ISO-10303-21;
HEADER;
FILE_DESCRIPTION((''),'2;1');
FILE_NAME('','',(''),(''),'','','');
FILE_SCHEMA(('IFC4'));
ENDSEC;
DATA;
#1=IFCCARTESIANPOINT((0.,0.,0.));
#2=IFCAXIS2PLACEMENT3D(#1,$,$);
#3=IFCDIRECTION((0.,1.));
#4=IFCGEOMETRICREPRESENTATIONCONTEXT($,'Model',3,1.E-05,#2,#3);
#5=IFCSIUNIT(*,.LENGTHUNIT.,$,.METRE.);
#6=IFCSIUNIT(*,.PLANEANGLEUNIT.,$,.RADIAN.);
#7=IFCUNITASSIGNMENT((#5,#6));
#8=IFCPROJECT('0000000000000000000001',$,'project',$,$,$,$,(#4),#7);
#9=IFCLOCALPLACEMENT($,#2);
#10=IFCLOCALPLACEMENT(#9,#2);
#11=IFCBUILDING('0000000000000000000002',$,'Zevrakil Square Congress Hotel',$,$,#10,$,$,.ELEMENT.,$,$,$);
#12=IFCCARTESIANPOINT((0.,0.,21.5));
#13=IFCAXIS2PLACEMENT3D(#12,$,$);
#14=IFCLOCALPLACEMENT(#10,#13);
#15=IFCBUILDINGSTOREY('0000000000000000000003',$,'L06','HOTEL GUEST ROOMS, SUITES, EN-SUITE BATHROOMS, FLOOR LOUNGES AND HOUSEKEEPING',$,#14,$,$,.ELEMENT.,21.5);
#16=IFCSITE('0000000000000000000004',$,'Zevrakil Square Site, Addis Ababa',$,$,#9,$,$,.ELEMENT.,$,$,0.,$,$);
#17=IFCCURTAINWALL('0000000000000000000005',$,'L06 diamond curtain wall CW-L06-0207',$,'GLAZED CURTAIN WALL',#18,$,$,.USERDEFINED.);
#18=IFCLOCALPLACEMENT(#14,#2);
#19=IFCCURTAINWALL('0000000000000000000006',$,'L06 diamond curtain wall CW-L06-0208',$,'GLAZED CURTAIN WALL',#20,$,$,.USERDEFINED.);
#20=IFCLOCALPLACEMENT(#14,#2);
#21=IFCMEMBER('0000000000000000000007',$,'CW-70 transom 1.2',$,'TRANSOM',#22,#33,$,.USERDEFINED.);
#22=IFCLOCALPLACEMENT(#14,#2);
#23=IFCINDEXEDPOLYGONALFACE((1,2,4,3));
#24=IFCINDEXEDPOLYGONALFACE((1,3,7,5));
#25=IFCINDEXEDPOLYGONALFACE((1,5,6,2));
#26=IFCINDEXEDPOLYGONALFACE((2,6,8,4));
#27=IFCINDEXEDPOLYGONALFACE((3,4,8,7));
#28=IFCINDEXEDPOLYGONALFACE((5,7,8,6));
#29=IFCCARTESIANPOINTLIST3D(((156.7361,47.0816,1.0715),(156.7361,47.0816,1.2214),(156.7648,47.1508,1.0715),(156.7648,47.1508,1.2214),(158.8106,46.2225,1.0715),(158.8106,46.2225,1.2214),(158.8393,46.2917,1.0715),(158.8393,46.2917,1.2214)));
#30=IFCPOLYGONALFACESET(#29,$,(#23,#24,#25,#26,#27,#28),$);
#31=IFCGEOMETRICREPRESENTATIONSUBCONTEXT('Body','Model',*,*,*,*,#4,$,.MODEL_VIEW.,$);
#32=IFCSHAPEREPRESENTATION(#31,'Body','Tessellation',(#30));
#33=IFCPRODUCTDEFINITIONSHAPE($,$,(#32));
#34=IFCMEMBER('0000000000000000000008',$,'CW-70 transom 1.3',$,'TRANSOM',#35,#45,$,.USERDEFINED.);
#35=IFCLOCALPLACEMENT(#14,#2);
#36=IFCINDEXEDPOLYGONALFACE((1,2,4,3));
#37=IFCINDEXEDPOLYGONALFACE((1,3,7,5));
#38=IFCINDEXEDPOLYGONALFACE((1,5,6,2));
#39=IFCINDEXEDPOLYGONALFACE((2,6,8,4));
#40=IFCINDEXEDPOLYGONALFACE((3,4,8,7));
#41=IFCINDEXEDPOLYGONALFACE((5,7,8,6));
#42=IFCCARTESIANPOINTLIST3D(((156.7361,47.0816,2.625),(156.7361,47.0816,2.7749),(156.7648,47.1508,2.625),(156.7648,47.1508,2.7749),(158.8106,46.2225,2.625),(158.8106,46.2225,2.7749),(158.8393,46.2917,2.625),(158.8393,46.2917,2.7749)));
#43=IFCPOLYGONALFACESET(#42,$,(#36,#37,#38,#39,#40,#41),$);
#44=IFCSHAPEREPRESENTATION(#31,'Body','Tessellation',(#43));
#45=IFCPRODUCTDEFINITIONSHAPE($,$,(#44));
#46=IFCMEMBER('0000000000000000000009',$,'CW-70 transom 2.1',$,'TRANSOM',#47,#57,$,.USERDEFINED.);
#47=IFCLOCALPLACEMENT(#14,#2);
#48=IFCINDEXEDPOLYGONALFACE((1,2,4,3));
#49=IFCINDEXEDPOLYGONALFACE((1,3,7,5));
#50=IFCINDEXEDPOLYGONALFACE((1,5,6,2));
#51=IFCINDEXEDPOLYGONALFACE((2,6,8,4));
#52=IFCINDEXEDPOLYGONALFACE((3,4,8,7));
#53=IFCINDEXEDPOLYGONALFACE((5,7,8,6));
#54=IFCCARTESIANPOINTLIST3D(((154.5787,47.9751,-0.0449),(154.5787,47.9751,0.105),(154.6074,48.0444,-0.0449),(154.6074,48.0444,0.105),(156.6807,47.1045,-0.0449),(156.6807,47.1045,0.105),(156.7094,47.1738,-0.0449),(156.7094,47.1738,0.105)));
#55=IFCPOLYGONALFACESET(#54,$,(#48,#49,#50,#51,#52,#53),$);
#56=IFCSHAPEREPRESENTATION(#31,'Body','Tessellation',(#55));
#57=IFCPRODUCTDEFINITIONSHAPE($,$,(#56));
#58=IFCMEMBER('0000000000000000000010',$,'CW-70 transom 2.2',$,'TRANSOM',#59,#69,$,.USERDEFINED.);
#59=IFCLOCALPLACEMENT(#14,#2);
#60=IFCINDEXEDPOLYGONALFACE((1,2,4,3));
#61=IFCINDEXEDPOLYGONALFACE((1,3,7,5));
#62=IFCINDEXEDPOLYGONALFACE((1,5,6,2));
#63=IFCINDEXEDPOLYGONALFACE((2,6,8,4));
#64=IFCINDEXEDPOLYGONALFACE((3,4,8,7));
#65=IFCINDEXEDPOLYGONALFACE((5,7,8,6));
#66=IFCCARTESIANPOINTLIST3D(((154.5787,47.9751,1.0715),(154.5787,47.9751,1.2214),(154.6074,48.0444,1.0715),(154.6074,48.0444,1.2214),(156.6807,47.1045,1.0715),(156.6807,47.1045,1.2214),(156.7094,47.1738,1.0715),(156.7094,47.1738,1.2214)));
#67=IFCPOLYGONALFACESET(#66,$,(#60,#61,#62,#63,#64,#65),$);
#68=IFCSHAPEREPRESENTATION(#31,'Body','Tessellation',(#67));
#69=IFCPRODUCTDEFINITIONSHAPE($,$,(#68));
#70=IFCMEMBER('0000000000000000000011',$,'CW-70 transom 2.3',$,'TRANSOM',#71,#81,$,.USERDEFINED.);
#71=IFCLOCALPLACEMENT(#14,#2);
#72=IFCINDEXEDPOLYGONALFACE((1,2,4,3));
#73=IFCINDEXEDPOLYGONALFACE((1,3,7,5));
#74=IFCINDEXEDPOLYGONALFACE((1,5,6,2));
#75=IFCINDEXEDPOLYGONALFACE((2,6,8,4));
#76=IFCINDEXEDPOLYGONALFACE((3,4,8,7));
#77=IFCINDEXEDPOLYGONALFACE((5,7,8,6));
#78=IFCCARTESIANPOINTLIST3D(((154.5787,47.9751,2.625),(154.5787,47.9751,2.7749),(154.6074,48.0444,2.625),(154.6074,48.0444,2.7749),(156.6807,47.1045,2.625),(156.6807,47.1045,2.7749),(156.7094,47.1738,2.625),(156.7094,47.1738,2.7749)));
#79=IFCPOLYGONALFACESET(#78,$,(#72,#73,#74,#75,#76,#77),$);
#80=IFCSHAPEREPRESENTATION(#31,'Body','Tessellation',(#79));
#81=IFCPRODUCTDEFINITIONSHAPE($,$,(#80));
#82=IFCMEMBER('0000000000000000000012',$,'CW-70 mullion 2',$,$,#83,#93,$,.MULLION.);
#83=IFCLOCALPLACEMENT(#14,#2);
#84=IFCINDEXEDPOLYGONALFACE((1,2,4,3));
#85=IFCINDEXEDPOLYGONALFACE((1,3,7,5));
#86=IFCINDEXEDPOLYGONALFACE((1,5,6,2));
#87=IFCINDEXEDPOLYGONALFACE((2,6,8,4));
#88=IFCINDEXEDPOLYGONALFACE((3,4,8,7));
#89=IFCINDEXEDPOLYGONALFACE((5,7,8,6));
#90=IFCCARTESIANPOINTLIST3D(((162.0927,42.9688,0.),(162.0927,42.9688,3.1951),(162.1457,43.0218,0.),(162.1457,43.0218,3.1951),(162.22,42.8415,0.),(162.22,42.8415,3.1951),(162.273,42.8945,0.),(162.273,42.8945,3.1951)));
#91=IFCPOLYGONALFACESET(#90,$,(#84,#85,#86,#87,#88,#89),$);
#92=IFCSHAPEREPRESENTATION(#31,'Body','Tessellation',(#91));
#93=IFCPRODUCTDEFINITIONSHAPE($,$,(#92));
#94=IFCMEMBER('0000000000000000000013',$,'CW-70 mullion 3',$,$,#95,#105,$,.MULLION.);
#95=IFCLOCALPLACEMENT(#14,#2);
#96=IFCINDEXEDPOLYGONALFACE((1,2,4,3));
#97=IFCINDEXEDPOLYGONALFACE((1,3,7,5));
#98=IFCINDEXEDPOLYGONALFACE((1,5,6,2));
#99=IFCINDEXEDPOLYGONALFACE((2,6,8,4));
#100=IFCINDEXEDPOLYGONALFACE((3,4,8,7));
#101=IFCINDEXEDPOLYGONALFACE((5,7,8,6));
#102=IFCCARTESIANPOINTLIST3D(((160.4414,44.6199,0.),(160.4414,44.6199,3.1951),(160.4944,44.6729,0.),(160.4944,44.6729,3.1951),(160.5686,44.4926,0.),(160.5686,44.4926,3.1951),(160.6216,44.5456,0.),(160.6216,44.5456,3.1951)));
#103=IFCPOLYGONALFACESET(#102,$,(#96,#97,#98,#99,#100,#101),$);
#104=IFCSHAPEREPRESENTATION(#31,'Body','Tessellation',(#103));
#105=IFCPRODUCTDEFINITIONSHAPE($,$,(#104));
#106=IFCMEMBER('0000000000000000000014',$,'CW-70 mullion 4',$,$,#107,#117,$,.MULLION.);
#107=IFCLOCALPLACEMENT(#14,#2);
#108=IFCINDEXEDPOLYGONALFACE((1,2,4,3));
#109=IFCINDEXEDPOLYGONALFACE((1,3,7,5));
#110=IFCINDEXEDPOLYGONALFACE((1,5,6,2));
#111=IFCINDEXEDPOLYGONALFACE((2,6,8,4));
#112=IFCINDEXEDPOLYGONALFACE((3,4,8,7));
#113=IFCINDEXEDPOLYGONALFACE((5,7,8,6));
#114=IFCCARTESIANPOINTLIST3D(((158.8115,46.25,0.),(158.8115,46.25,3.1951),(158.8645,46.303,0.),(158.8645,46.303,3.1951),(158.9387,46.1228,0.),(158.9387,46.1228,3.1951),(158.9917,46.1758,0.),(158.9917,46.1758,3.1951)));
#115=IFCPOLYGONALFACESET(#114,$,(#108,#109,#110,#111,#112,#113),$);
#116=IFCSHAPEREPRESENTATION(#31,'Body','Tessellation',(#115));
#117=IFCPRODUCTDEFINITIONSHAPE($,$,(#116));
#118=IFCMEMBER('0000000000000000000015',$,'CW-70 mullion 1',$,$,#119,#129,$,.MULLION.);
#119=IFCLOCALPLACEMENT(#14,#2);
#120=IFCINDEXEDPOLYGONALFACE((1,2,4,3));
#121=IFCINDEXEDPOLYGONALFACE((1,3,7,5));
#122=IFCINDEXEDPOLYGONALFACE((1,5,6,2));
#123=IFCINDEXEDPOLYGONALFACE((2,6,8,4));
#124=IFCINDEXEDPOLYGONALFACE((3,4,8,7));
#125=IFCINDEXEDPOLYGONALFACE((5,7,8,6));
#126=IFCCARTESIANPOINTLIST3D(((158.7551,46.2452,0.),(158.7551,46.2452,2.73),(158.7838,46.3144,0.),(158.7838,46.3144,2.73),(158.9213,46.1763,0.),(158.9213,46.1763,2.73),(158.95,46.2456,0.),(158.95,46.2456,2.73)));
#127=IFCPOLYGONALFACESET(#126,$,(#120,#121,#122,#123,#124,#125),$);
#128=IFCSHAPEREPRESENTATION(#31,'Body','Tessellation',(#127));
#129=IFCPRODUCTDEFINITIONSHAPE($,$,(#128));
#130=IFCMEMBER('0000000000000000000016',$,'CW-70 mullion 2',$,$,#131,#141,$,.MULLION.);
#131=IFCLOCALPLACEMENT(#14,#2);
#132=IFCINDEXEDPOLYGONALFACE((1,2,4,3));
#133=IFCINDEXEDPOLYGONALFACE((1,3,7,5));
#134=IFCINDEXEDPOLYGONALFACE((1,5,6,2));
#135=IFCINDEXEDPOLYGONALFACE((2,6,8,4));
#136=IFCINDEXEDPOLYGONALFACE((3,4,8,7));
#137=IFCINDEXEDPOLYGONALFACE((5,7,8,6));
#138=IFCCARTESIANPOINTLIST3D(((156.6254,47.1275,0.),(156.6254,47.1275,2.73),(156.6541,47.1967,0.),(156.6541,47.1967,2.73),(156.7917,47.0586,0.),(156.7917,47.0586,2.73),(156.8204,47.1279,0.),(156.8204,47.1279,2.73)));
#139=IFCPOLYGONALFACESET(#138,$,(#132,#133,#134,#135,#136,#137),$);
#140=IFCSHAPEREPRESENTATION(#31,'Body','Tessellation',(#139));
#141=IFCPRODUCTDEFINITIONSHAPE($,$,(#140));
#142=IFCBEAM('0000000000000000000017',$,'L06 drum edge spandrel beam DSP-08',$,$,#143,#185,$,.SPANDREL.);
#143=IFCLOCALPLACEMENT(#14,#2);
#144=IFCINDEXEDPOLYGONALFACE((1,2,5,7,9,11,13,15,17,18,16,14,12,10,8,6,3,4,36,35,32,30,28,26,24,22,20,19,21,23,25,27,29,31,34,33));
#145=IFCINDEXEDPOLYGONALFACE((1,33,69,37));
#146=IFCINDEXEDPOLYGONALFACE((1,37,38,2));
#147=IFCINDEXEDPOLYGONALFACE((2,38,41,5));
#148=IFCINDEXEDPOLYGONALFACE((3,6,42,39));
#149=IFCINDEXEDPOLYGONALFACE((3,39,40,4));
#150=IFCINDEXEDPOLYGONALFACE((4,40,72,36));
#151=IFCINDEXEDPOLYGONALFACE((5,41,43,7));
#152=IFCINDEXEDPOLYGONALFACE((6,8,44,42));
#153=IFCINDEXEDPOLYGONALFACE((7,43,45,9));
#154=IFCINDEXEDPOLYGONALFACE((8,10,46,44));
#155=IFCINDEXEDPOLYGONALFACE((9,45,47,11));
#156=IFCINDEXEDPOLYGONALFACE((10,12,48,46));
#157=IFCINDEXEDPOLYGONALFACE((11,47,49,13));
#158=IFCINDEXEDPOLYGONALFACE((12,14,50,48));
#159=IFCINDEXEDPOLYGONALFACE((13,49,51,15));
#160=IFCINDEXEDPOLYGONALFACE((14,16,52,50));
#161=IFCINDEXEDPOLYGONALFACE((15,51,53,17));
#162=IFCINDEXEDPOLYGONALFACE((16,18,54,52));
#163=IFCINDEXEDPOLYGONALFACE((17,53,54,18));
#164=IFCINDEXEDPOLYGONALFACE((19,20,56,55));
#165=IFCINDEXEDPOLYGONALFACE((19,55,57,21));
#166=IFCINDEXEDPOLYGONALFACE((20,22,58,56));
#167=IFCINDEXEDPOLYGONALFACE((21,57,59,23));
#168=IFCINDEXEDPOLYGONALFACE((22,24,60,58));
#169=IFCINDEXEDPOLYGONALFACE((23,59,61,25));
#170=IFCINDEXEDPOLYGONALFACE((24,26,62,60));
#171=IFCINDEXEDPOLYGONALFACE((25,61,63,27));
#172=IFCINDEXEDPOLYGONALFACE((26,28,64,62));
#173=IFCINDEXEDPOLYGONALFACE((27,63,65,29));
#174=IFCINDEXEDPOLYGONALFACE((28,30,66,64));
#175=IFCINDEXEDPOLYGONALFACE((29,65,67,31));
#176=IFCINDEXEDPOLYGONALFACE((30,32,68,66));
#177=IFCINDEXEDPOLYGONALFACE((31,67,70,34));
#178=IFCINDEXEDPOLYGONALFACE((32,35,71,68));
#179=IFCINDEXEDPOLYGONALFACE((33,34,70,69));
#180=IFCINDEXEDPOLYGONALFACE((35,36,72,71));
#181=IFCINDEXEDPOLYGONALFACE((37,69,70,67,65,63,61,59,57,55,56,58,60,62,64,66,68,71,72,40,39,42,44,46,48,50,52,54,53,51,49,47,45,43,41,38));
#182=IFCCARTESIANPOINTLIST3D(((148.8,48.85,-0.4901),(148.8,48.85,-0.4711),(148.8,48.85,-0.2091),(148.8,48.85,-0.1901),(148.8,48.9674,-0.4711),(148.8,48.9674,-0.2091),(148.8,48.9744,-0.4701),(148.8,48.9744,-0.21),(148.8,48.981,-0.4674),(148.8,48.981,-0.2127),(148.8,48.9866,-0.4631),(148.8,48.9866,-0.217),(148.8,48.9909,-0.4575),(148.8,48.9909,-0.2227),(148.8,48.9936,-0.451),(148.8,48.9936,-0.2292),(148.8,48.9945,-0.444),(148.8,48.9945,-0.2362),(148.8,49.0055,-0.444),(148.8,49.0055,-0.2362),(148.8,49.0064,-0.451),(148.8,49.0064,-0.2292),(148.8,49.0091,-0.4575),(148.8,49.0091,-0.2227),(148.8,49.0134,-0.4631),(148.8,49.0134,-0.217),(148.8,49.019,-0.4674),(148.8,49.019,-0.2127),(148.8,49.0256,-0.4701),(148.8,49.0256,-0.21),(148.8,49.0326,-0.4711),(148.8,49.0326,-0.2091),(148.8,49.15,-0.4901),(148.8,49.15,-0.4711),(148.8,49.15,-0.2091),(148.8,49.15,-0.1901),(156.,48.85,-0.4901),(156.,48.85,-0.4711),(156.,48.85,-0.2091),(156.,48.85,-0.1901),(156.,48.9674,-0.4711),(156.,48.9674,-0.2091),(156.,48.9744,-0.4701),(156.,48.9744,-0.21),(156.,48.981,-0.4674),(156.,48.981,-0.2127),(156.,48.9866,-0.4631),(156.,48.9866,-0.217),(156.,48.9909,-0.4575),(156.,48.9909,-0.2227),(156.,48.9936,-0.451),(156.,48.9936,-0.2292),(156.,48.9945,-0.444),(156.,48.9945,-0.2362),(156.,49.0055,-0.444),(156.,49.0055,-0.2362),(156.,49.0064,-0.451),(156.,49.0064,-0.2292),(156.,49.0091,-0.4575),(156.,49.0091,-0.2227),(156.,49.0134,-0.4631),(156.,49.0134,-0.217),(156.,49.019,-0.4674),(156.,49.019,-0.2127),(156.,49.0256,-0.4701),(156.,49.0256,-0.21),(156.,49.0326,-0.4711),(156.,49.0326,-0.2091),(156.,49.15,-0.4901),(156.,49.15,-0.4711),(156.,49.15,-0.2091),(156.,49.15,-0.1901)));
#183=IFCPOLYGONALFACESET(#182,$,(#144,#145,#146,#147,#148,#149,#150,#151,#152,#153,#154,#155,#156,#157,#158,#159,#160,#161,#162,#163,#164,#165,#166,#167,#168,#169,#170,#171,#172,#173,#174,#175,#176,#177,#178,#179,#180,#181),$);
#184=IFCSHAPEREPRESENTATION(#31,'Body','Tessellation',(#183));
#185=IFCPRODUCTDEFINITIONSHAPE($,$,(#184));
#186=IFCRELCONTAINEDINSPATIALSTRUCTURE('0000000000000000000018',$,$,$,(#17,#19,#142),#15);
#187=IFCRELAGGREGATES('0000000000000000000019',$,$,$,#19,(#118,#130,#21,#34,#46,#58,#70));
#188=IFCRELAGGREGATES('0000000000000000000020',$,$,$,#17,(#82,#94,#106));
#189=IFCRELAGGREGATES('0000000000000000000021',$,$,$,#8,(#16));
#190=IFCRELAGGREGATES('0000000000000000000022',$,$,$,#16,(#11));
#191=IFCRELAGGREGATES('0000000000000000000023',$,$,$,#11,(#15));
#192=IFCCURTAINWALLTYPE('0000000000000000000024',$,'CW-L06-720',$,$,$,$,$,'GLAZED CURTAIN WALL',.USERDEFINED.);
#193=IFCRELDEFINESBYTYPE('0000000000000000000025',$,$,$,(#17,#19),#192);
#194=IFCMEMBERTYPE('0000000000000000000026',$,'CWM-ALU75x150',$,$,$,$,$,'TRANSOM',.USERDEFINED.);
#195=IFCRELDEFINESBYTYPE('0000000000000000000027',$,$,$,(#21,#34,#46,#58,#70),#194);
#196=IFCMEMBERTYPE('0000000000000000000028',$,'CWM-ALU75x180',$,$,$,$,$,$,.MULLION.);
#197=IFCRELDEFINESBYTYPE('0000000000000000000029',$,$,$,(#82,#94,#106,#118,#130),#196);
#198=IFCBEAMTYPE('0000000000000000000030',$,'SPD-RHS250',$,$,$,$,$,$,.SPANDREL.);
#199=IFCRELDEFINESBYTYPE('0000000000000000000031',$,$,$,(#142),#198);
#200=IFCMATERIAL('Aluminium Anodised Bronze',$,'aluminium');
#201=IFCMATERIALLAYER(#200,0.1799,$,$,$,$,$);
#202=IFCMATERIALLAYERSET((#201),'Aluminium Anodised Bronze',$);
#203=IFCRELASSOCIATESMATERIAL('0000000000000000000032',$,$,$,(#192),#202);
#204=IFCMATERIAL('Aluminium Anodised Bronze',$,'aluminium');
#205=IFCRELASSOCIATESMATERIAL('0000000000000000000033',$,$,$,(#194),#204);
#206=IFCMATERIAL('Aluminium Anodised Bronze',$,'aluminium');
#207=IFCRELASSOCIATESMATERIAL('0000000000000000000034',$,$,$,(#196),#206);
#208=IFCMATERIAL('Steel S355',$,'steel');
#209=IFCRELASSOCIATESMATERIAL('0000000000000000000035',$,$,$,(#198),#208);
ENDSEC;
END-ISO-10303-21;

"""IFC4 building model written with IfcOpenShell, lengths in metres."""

from ifc_helpers import new_model, si_unit, direction, frame, origin, origin_2d, place, context, subcontext, project, spatial, rectangle, i_section, extrude, material, layer, layer_set, material_profile, profile_set, type_object, element, aggregate, save


model = new_model("IFC4")

# Units and contexts
model_context = context("Model", 3, precision=1e-05, world=origin(), true_north=direction((0.0, 1.0)))
body_context = subcontext(model_context, "Body", "Model", "MODEL_VIEW")
ifc_project = project(units=[si_unit("LENGTHUNIT", "METRE"), si_unit("PLANEANGLEUNIT", "RADIAN")], contexts=[model_context])

# Site, building, storey
site_placement = place(None, origin())
site = spatial("IfcSite", under=ifc_project, at=site_placement, Name="Zevrakil Square Site, Addis Ababa", CompositionType="ELEMENT", RefElevation=0.0)
building_placement = place(site_placement, origin())
building = spatial("IfcBuilding", under=site, at=building_placement, Name="Zevrakil Square Congress Hotel", CompositionType="ELEMENT")
storey_placement = place(building_placement, frame((0.0, 0.0, 21.5)))
storey = spatial("IfcBuildingStorey", under=building, at=storey_placement, Name="L06", Description="HOTEL GUEST ROOMS, SUITES, EN-SUITE BATHROOMS, FLOOR LOUNGES AND HOUSEKEEPING", CompositionType="ELEMENT", Elevation=21.5)

# Curtain walls, members
ifc_material_1 = material(Name="Aluminium Anodised Bronze", Category="aluminium")
ifc_layer_1 = layer(ifc_material_1, 0.1799)
ifc_layer_set_1 = layer_set([ifc_layer_1], Name="Aluminium Anodised Bronze")
curtain_wall_type = type_object("IfcCurtainWallType", Name="CW-L06-720", ElementType="GLAZED CURTAIN WALL", PredefinedType="USERDEFINED", material=ifc_layer_set_1)
curtain_wall_1_placement = place(storey_placement, origin())
curtain_wall_1 = element("IfcCurtainWall", 1, at=curtain_wall_1_placement, inside=storey, type_object=curtain_wall_type, Name="L06 diamond curtain wall CW-L06-0207", ObjectType="GLAZED CURTAIN WALL", PredefinedType="USERDEFINED")
ifc_material_2 = material(Name="Aluminium Anodised Bronze", Category="aluminium")
ifc_material_profile_1 = material_profile(ifc_material_2, rectangle(XDim=0.075, YDim=0.1499, at=origin_2d()), Name="ALU 75x150")
ifc_profile_set_1 = profile_set([ifc_material_profile_1], Name="Aluminium Anodised Bronze")
member_type_1 = type_object("IfcMemberType", Name="CWM-ALU75x150", ElementType="TRANSOM", PredefinedType="USERDEFINED", material=ifc_profile_set_1)
curtain_wall_2_placement = place(storey_placement, origin())
curtain_wall_2 = element("IfcCurtainWall", 2, at=curtain_wall_2_placement, inside=storey, type_object=curtain_wall_type, Name="L06 diamond curtain wall CW-L06-0208", ObjectType="GLAZED CURTAIN WALL", PredefinedType="USERDEFINED")
member_1_placement = place(storey_placement, frame((158.825, 46.2571, 1.1465), z_axis=(-0.923902, 0.38263, 0.0), x_axis=(-0.38263, -0.923902, 0.0)))
member_1 = element("IfcMember", 3, at=member_1_placement, type_object=member_type_1, Name="CW-70 transom 1.2", ObjectType="TRANSOM", PredefinedType="USERDEFINED", context=body_context, shape_type="SweptSolid", body=[
    extrude(rectangle(XDim=0.075, YDim=0.1499, at=origin_2d()), origin(), (0.0, 0.0, 1.0), 2.2454),
])
member_2_placement = place(storey_placement, frame((158.825, 46.2571, 2.7), z_axis=(-0.923902, 0.38263, 0.0), x_axis=(-0.38263, -0.923902, 0.0)))
member_2 = element("IfcMember", 4, at=member_2_placement, type_object=member_type_1, Name="CW-70 transom 1.3", ObjectType="TRANSOM", PredefinedType="USERDEFINED", context=body_context, shape_type="SweptSolid", body=[
    extrude(rectangle(XDim=0.075, YDim=0.1499, at=origin_2d()), origin(), (0.0, 0.0, 1.0), 2.2454),
])
member_3_placement = place(storey_placement, frame((156.6951, 47.1392, 0.03), z_axis=(-0.923894, 0.382649, 0.0), x_axis=(-0.382649, -0.923894, 0.0)))
member_3 = element("IfcMember", 5, at=member_3_placement, type_object=member_type_1, Name="CW-70 transom 2.1", ObjectType="TRANSOM", PredefinedType="USERDEFINED", context=body_context, shape_type="SweptSolid", body=[
    extrude(rectangle(XDim=0.075, YDim=0.1499, at=origin_2d()), origin(), (0.0, 0.0, 1.0), 2.2751),
])
member_4_placement = place(storey_placement, frame((156.6951, 47.1392, 1.1465), z_axis=(-0.923894, 0.382649, 0.0), x_axis=(-0.382649, -0.923894, 0.0)))
member_4 = element("IfcMember", 6, at=member_4_placement, type_object=member_type_1, Name="CW-70 transom 2.2", ObjectType="TRANSOM", PredefinedType="USERDEFINED", context=body_context, shape_type="SweptSolid", body=[
    extrude(rectangle(XDim=0.075, YDim=0.1499, at=origin_2d()), origin(), (0.0, 0.0, 1.0), 2.2751),
])
member_5_placement = place(storey_placement, frame((156.6951, 47.1392, 2.7), z_axis=(-0.923894, 0.382649, 0.0), x_axis=(-0.382649, -0.923894, 0.0)))
member_5 = element("IfcMember", 7, at=member_5_placement, type_object=member_type_1, Name="CW-70 transom 2.3", ObjectType="TRANSOM", PredefinedType="USERDEFINED", context=body_context, shape_type="SweptSolid", body=[
    extrude(rectangle(XDim=0.075, YDim=0.1499, at=origin_2d()), origin(), (0.0, 0.0, 1.0), 2.2751),
])

# Members
ifc_material_3 = material(Name="Aluminium Anodised Bronze", Category="aluminium")
ifc_material_profile_2 = material_profile(ifc_material_3, rectangle(XDim=0.075, YDim=0.1799, at=origin_2d()), Name="ALU 75x180")
ifc_profile_set_2 = profile_set([ifc_material_profile_2], Name="Aluminium Anodised Bronze")
member_type_2 = type_object("IfcMemberType", Name="CWM-ALU75x180", PredefinedType="MULLION", material=ifc_profile_set_2)
member_6_placement = place(storey_placement, frame((162.1829, 42.9316, 0.0), z_axis=(0.0, 0.0, 1.0), x_axis=(-0.707107, -0.707107, 0.0)))
member_6 = element("IfcMember", 8, at=member_6_placement, type_object=member_type_2, Name="CW-70 mullion 2", PredefinedType="MULLION", context=body_context, shape_type="SweptSolid", body=[
    extrude(rectangle(XDim=0.075, YDim=0.1799, at=origin_2d()), origin(), (0.0, 0.0, 1.0), 3.1951),
])
member_7_placement = place(storey_placement, frame((160.5315, 44.5828, 0.0), z_axis=(0.0, 0.0, 1.0), x_axis=(-0.707107, -0.707107, 0.0)))
member_7 = element("IfcMember", 9, at=member_7_placement, type_object=member_type_2, Name="CW-70 mullion 3", PredefinedType="MULLION", context=body_context, shape_type="SweptSolid", body=[
    extrude(rectangle(XDim=0.075, YDim=0.1799, at=origin_2d()), origin(), (0.0, 0.0, 1.0), 3.1951),
])
member_8_placement = place(storey_placement, frame((158.9016, 46.2129, 0.0), z_axis=(0.0, 0.0, 1.0), x_axis=(-0.707107, -0.707107, 0.0)))
member_8 = element("IfcMember", 10, at=member_8_placement, type_object=member_type_2, Name="CW-70 mullion 4", PredefinedType="MULLION", context=body_context, shape_type="SweptSolid", body=[
    extrude(rectangle(XDim=0.075, YDim=0.1799, at=origin_2d()), origin(), (0.0, 0.0, 1.0), 3.1951),
])
member_9_placement = place(storey_placement, frame((158.8525, 46.2454, 0.0), z_axis=(0.0, 0.0, 1.0), x_axis=(-0.382684, -0.923879, 0.0)))
member_9 = element("IfcMember", 11, at=member_9_placement, type_object=member_type_2, Name="CW-70 mullion 1", PredefinedType="MULLION", context=body_context, shape_type="SweptSolid", body=[
    extrude(rectangle(XDim=0.075, YDim=0.1799, at=origin_2d()), origin(), (0.0, 0.0, 1.0), 2.73),
])
member_10_placement = place(storey_placement, frame((156.7229, 47.1277, 0.0), z_axis=(0.0, 0.0, 1.0), x_axis=(-0.382684, -0.923879, 0.0)))
member_10 = element("IfcMember", 12, at=member_10_placement, type_object=member_type_2, Name="CW-70 mullion 2", PredefinedType="MULLION", context=body_context, shape_type="SweptSolid", body=[
    extrude(rectangle(XDim=0.075, YDim=0.1799, at=origin_2d()), origin(), (0.0, 0.0, 1.0), 2.73),
])

# Beam
ifc_material_4 = material(Name="Steel S355", Category="steel")
ifc_material_profile_3 = material_profile(ifc_material_4, i_section(OverallWidth=0.3, OverallDepth=0.3, WebThickness=0.011, FlangeThickness=0.019, FilletRadius=0.0271, at=origin_2d()), Name="HEB 300")
ifc_profile_set_3 = profile_set([ifc_material_profile_3], Name="Steel S355")
beam_type_1 = type_object("IfcBeamType", Name="SPD-RHS250", PredefinedType="SPANDREL", material=ifc_profile_set_3)
beam_1_placement = place(storey_placement, frame((156.0, 49.0, -0.3401), z_axis=(-1.0, 0.0, 0.0), x_axis=(0.0, -1.0, 0.0)))
element("IfcBeam", 13, at=beam_1_placement, inside=storey, type_object=beam_type_1, Name="L06 drum edge spandrel beam DSP-08", PredefinedType="SPANDREL", context=body_context, shape_type="SweptSolid", body=[
    extrude(i_section(OverallWidth=0.3, OverallDepth=0.3, WebThickness=0.011, FlangeThickness=0.019, FilletRadius=0.0271, at=origin_2d()), origin(), (0.0, 0.0, 1.0), 7.2),
])

aggregate(curtain_wall_2, [member_9, member_10, member_1, member_2, member_3, member_4, member_5])
aggregate(curtain_wall_1, [member_6, member_7, member_8])

save(model, "model.ifc")
